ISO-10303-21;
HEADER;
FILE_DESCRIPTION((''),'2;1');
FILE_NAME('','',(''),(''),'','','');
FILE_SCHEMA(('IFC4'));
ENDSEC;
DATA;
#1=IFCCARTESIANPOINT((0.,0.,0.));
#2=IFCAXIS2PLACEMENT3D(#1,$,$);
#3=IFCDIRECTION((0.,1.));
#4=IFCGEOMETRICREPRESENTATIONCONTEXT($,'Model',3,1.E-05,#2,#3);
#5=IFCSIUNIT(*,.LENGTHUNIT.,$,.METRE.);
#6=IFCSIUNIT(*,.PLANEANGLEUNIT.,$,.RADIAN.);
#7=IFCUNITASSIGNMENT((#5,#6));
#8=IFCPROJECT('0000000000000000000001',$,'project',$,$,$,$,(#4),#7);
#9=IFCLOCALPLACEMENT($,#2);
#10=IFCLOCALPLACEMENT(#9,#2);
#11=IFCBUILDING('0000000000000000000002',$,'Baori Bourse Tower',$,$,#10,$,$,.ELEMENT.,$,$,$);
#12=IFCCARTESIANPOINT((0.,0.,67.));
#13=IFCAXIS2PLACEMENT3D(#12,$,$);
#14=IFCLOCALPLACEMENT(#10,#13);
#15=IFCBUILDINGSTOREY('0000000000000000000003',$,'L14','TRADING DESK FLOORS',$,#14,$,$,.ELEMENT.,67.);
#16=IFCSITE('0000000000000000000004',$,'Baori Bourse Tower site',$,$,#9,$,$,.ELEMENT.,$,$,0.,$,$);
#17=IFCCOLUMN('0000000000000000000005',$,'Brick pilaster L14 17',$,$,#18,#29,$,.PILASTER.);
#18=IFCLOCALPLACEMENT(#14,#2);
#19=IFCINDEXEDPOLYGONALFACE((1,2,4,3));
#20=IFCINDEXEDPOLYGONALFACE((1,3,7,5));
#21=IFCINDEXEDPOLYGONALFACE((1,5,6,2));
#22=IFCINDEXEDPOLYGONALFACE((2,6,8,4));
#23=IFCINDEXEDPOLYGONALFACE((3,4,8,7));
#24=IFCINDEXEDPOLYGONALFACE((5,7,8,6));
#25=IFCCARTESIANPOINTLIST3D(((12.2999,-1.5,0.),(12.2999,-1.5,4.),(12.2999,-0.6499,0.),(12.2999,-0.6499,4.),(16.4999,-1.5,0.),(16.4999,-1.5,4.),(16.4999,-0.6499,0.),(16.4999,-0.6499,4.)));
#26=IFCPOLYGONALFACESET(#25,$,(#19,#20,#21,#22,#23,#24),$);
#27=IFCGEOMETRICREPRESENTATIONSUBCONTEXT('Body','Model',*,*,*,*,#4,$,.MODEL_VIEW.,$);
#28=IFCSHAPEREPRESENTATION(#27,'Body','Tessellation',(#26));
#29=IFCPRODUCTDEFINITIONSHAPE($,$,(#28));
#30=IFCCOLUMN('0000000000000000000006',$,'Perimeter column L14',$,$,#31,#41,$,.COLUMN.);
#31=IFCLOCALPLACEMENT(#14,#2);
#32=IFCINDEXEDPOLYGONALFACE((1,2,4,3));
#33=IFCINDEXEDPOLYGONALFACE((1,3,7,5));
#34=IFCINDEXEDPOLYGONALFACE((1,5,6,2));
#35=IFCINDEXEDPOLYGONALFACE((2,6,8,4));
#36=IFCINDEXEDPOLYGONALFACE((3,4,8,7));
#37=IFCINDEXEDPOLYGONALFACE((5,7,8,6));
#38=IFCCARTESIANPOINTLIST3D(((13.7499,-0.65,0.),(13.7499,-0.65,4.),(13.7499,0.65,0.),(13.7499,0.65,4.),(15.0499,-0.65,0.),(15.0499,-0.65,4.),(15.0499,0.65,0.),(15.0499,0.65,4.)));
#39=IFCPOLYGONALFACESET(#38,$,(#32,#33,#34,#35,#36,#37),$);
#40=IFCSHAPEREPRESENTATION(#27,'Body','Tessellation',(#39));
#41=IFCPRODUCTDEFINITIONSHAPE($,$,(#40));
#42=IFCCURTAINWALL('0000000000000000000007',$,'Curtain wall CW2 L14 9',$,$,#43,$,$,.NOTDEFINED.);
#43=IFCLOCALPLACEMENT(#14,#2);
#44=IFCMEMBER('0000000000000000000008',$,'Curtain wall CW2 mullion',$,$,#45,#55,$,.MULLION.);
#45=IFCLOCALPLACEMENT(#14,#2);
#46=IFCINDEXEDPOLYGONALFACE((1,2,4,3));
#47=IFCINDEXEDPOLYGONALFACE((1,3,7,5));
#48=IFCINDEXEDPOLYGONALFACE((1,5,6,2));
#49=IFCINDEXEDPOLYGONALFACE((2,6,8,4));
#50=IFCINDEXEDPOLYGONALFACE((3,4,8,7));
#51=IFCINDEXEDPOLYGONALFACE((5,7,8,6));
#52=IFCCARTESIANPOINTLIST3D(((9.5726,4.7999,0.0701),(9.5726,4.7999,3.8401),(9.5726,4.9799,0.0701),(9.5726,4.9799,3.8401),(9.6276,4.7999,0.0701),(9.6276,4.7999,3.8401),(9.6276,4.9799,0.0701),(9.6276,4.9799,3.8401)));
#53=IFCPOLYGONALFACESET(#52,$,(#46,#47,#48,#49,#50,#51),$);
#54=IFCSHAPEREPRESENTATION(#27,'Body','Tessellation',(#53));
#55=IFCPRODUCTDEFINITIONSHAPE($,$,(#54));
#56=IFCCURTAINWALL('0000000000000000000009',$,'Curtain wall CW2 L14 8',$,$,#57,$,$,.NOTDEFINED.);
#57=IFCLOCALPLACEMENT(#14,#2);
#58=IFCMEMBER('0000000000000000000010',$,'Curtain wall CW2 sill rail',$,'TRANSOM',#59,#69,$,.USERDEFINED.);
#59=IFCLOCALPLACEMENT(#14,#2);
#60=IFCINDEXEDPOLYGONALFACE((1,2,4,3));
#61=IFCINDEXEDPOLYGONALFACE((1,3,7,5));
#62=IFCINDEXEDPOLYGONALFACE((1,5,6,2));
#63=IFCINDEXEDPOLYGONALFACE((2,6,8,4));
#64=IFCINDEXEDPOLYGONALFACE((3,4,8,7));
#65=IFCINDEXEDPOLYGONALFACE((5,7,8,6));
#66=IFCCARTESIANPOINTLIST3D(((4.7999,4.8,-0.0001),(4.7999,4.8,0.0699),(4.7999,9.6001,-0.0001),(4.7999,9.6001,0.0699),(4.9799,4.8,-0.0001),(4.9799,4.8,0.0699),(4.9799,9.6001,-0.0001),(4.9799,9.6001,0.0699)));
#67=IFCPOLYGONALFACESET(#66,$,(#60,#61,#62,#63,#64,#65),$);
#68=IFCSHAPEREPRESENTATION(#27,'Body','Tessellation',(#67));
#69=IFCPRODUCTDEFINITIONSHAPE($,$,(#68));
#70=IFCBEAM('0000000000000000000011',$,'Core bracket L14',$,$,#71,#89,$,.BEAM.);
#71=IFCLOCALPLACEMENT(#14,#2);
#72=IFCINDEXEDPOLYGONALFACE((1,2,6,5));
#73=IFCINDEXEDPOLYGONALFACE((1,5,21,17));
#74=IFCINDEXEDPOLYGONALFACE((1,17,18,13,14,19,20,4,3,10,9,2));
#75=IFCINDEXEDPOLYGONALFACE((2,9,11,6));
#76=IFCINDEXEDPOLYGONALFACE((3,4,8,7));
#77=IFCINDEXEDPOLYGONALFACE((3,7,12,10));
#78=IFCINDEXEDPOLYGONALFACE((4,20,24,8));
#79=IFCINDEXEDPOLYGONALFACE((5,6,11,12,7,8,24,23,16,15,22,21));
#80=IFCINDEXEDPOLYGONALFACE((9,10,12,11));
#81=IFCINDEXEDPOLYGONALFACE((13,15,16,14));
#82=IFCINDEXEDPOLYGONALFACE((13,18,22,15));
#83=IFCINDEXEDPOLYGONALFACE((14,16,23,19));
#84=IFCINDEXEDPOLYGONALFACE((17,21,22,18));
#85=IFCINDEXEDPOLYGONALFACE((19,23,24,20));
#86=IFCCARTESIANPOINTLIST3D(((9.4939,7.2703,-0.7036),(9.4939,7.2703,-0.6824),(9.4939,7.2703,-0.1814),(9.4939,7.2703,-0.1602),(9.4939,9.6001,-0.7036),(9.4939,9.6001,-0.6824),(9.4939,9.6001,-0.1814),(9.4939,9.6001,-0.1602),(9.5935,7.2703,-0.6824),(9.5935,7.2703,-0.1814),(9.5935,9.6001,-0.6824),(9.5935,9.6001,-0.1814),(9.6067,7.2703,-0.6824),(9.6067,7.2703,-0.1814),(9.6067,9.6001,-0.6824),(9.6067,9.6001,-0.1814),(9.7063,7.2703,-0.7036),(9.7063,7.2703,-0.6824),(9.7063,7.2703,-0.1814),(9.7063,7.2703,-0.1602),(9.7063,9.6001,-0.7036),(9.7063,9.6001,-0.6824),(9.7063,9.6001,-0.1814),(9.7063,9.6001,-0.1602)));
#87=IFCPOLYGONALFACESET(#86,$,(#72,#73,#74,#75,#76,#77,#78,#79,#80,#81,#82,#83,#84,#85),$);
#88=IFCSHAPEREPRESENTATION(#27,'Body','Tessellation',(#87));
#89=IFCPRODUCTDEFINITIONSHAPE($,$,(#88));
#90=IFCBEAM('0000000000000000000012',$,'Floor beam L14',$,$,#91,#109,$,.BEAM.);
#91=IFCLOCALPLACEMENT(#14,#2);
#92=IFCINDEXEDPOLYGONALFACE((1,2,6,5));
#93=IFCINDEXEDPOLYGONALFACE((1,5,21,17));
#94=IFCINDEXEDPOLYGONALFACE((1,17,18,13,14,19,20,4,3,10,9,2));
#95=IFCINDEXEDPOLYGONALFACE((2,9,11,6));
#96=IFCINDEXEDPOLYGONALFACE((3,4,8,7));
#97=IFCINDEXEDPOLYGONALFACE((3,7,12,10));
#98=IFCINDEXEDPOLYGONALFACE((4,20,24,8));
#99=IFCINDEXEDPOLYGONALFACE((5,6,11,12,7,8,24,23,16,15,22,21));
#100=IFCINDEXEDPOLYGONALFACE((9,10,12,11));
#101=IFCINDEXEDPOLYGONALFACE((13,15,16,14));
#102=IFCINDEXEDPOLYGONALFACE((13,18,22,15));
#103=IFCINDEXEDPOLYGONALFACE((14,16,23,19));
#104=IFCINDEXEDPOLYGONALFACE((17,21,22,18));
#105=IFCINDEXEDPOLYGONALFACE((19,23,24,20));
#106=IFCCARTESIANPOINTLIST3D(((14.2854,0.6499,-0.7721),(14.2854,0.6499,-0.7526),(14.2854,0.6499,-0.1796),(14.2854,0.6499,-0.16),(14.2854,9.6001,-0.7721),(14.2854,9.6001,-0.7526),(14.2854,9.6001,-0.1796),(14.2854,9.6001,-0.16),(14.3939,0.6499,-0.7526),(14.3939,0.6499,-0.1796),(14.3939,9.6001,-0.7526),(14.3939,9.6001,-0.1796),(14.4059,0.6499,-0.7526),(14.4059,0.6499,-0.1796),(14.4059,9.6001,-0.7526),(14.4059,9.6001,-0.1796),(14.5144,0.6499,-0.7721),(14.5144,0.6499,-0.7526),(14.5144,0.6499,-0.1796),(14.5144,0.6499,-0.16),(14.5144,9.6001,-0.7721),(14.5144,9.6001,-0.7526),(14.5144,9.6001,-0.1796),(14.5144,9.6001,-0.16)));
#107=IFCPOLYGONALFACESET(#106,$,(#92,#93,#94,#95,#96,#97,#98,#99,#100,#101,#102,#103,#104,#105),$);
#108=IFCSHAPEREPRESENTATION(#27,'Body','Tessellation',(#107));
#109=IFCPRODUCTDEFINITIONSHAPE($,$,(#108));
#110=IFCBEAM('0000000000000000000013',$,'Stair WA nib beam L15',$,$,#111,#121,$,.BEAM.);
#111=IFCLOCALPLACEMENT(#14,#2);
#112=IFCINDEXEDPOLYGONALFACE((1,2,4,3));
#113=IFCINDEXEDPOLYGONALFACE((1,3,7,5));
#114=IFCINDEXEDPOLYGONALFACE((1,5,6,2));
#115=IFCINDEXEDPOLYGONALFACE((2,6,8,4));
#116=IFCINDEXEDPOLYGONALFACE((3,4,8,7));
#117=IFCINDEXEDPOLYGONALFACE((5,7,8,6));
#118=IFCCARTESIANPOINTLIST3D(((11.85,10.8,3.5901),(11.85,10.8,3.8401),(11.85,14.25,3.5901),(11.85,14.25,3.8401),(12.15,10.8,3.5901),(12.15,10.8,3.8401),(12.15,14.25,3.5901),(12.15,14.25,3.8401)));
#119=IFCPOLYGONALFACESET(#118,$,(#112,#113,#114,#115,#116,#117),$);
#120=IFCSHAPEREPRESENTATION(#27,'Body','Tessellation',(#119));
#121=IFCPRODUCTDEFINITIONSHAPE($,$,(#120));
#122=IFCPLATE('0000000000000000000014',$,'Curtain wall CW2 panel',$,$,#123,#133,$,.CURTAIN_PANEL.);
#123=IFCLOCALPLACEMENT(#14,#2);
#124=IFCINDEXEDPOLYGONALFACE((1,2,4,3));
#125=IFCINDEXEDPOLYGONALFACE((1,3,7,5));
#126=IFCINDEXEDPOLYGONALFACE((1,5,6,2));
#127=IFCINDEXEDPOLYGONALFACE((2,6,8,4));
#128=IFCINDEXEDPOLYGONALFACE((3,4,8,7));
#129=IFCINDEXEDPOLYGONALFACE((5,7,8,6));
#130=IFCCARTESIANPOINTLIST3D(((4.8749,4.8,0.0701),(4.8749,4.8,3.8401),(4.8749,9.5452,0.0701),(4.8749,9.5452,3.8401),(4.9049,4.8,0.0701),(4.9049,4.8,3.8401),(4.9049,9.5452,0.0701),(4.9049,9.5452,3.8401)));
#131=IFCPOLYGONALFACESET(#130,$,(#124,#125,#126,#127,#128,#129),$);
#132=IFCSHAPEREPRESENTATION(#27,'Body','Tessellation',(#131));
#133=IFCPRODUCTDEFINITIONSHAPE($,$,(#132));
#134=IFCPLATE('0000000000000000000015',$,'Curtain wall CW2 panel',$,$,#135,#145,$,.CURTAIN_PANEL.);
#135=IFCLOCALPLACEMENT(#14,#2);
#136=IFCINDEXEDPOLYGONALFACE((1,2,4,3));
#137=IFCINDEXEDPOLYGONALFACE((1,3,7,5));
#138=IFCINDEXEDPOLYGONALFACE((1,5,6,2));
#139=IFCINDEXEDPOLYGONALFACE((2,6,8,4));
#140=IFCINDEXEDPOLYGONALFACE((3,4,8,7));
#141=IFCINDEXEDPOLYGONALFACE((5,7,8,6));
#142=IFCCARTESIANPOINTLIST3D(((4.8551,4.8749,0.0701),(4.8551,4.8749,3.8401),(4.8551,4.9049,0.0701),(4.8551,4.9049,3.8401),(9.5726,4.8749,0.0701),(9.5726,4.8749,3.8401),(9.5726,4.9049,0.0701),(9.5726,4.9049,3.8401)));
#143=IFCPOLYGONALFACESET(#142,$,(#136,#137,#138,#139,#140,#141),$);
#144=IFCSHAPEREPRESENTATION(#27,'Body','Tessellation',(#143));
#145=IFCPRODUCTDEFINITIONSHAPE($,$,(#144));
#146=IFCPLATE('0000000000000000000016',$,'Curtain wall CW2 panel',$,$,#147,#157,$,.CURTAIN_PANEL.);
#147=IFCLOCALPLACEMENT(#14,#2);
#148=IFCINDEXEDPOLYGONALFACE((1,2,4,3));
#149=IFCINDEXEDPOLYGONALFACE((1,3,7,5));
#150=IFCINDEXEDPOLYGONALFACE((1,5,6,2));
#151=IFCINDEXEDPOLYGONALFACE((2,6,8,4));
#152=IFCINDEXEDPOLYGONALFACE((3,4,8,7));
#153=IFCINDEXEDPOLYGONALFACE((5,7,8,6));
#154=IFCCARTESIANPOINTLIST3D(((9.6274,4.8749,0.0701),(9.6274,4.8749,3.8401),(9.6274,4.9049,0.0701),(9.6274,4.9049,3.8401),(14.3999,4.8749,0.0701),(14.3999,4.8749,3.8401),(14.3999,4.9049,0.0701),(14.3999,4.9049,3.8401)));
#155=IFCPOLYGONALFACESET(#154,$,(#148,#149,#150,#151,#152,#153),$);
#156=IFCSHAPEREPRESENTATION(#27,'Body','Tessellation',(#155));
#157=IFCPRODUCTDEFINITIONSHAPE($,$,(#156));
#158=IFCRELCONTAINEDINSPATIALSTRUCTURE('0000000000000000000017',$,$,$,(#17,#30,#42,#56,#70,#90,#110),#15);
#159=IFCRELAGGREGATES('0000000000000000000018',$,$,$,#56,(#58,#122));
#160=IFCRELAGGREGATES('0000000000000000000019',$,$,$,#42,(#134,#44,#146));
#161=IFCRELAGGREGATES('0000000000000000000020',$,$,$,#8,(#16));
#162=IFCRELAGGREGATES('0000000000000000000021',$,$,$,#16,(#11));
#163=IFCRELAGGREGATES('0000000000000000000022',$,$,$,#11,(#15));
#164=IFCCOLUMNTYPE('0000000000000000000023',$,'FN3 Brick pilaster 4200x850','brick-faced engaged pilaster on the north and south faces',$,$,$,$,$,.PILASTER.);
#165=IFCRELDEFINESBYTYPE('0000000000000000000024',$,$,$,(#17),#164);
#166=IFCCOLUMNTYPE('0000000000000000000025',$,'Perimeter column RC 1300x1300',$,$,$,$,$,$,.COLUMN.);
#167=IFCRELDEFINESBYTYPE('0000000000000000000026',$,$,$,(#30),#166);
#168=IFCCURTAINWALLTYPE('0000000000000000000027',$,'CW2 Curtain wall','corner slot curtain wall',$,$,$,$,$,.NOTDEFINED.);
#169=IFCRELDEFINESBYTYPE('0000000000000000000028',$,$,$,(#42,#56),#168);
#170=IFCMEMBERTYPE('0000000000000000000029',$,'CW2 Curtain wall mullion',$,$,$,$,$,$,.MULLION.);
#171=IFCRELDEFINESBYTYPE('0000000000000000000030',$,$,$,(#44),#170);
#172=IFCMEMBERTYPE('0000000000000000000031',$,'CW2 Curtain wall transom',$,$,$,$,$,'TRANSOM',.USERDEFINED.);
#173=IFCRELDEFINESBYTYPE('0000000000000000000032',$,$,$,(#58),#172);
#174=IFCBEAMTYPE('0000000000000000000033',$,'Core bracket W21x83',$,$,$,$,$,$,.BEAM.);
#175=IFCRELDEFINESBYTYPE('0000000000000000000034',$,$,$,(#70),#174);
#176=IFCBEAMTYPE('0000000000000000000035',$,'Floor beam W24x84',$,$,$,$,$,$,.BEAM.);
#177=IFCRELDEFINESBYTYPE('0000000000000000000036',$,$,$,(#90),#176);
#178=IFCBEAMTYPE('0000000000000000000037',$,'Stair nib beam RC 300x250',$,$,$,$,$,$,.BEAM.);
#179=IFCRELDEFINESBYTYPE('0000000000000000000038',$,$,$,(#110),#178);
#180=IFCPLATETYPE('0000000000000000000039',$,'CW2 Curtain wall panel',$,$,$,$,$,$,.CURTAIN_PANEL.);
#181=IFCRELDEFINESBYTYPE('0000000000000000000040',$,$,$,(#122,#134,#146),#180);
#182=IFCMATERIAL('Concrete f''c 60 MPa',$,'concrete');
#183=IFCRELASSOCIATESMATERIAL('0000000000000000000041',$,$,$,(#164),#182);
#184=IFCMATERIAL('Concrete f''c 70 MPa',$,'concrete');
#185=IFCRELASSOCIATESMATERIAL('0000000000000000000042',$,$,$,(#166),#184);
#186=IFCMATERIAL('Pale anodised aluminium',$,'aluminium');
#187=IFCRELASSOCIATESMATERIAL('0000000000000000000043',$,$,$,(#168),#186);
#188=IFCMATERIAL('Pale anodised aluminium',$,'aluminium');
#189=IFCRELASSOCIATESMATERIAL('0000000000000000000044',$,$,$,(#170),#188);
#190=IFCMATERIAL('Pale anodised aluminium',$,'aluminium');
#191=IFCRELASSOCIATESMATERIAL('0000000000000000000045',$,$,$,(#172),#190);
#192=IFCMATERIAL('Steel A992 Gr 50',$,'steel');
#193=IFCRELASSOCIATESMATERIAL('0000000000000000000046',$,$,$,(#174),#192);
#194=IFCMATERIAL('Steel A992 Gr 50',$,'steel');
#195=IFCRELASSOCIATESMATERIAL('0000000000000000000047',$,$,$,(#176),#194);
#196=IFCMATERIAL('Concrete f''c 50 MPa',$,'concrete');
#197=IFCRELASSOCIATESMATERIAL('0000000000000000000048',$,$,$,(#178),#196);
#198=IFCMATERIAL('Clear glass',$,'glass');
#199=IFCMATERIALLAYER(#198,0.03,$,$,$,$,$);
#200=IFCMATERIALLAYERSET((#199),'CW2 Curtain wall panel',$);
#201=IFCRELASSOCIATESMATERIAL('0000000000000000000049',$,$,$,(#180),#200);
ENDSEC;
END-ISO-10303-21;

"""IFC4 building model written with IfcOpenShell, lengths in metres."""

from ifc_helpers import new_model, si_unit, direction, frame, origin, origin_2d, place, context, subcontext, project, spatial, rectangle, i_section, extrude, material, layer, layer_set, material_profile, profile_set, type_object, element, aggregate, save


model = new_model("IFC4")

# Units and contexts
model_context = context("Model", 3, precision=1e-05, world=origin(), true_north=direction((0.0, 1.0)))
body_context = subcontext(model_context, "Body", "Model", "MODEL_VIEW")
ifc_project = project(units=[si_unit("LENGTHUNIT", "METRE"), si_unit("PLANEANGLEUNIT", "RADIAN")], contexts=[model_context])

# Site, building, storey
site_placement = place(None, origin())
site = spatial("IfcSite", under=ifc_project, at=site_placement, Name="Baori Bourse Tower site", CompositionType="ELEMENT", RefElevation=0.0)
building_placement = place(site_placement, origin())
building = spatial("IfcBuilding", under=site, at=building_placement, Name="Baori Bourse Tower", CompositionType="ELEMENT")
storey_placement = place(building_placement, frame((0.0, 0.0, 67.0)))
storey = spatial("IfcBuildingStorey", under=building, at=storey_placement, Name="L14", Description="TRADING DESK FLOORS", CompositionType="ELEMENT", Elevation=67.0)

# Columns
ifc_material_1 = material(Name="Concrete f'c 60 MPa", Category="concrete")
ifc_material_profile_1 = material_profile(ifc_material_1, rectangle(XDim=4.2, YDim=0.8501, at=origin_2d()), Name="RC 4200x850")
ifc_profile_set_1 = profile_set([ifc_material_profile_1], Name="Concrete f'c 60 MPa")
column_type_1 = type_object("IfcColumnType", Name="FN3 Brick pilaster 4200x850", Description="brick-faced engaged pilaster on the north and south faces", PredefinedType="PILASTER", material=ifc_profile_set_1)
column_1_placement = place(storey_placement, frame((14.3999, -1.075, 0.0), z_axis=(0.0, 0.0, 1.0), x_axis=(1.0, 0.0, 0.0)))
element("IfcColumn", 1, at=column_1_placement, inside=storey, type_object=column_type_1, Name="Brick pilaster L14 17", PredefinedType="PILASTER", context=body_context, shape_type="SweptSolid", body=[
    extrude(rectangle(XDim=4.2, YDim=0.8501, at=origin_2d()), origin(), (0.0, 0.0, 1.0), 4.0),
])
ifc_material_2 = material(Name="Concrete f'c 70 MPa", Category="concrete")
ifc_material_profile_2 = material_profile(ifc_material_2, rectangle(XDim=1.3, YDim=1.3, at=origin_2d()), Name="RC 1300x1300")
ifc_profile_set_2 = profile_set([ifc_material_profile_2], Name="Concrete f'c 70 MPa")
column_type_2 = type_object("IfcColumnType", Name="Perimeter column RC 1300x1300", PredefinedType="COLUMN", material=ifc_profile_set_2)
column_2_placement = place(storey_placement, frame((14.3999, 0.0, 0.0), z_axis=(0.0, 0.0, 1.0), x_axis=(1.0, 0.0, 0.0)))
element("IfcColumn", 2, at=column_2_placement, inside=storey, type_object=column_type_2, Name="Perimeter column L14", PredefinedType="COLUMN", context=body_context, shape_type="SweptSolid", body=[
    extrude(rectangle(XDim=1.3, YDim=1.3, at=origin_2d()), origin(), (0.0, 0.0, 1.0), 4.0),
])

# Curtain walls, members
ifc_material_3 = material(Name="Pale anodised aluminium", Category="aluminium")
curtain_wall_type = type_object("IfcCurtainWallType", Name="CW2 Curtain wall", Description="corner slot curtain wall", PredefinedType="NOTDEFINED", material=ifc_material_3)
curtain_wall_1_placement = place(storey_placement, origin())
curtain_wall_1 = element("IfcCurtainWall", 3, at=curtain_wall_1_placement, inside=storey, type_object=curtain_wall_type, Name="Curtain wall CW2 L14 9", PredefinedType="NOTDEFINED")
ifc_material_4 = material(Name="Pale anodised aluminium", Category="aluminium")
ifc_material_profile_3 = material_profile(ifc_material_4, rectangle(XDim=0.1799, YDim=0.0549, at=origin_2d()), Name="Mullion 55x180")
ifc_profile_set_3 = profile_set([ifc_material_profile_3], Name="Pale anodised aluminium")
member_type_1 = type_object("IfcMemberType", Name="CW2 Curtain wall mullion", PredefinedType="MULLION", material=ifc_profile_set_3)
member_1_placement = place(storey_placement, frame((9.6001, 4.8899, 0.0701), z_axis=(0.0, 0.0, 1.0), x_axis=(0.0, 1.0, 0.0)))
member_1 = element("IfcMember", 4, at=member_1_placement, type_object=member_type_1, Name="Curtain wall CW2 mullion", PredefinedType="MULLION", context=body_context, shape_type="SweptSolid", body=[
    extrude(rectangle(XDim=0.1799, YDim=0.0549, at=origin_2d()), origin(), (0.0, 0.0, 1.0), 3.77),
])
curtain_wall_2_placement = place(storey_placement, origin())
curtain_wall_2 = element("IfcCurtainWall", 5, at=curtain_wall_2_placement, inside=storey, type_object=curtain_wall_type, Name="Curtain wall CW2 L14 8", PredefinedType="NOTDEFINED")
ifc_material_5 = material(Name="Pale anodised aluminium", Category="aluminium")
ifc_material_profile_4 = material_profile(ifc_material_5, rectangle(XDim=0.1799, YDim=0.0701, at=origin_2d()), Name="Transom 70x180")
ifc_profile_set_4 = profile_set([ifc_material_profile_4], Name="Pale anodised aluminium")
member_type_2 = type_object("IfcMemberType", Name="CW2 Curtain wall transom", ElementType="TRANSOM", PredefinedType="USERDEFINED", material=ifc_profile_set_4)
member_2_placement = place(storey_placement, frame((4.8899, 9.6001, 0.0349), z_axis=(0.0, -1.0, 0.0), x_axis=(1.0, 0.0, 0.0)))
member_2 = element("IfcMember", 6, at=member_2_placement, type_object=member_type_2, Name="Curtain wall CW2 sill rail", ObjectType="TRANSOM", PredefinedType="USERDEFINED", context=body_context, shape_type="SweptSolid", body=[
    extrude(rectangle(XDim=0.1799, YDim=0.0701, at=origin_2d()), origin(), (0.0, 0.0, 1.0), 4.8),
])

# Beams
ifc_material_6 = material(Name="Steel A992 Gr 50", Category="steel")
ifc_material_profile_5 = material_profile(ifc_material_6, i_section(OverallWidth=0.2124, OverallDepth=0.5435, WebThickness=0.0132, FlangeThickness=0.0212, at=origin_2d()), Name="W21x83")
ifc_profile_set_5 = profile_set([ifc_material_profile_5], Name="Steel A992 Gr 50")
beam_type_1 = type_object("IfcBeamType", Name="Core bracket W21x83", PredefinedType="BEAM", material=ifc_profile_set_5)
beam_1_placement = place(storey_placement, frame((9.6001, 7.2703, -0.4319), z_axis=(0.0, 1.0, 0.0), x_axis=(-1.0, 0.0, 0.0)))
element("IfcBeam", 7, at=beam_1_placement, inside=storey, type_object=beam_type_1, Name="Core bracket L14", PredefinedType="BEAM", context=body_context, shape_type="SweptSolid", body=[
    extrude(i_section(OverallWidth=0.2124, OverallDepth=0.5435, WebThickness=0.0132, FlangeThickness=0.0212, at=origin_2d()), origin(), (0.0, 0.0, 1.0), 2.3298),
])
ifc_material_7 = material(Name="Steel A992 Gr 50", Category="steel")
ifc_material_profile_6 = material_profile(ifc_material_7, i_section(OverallWidth=0.229, OverallDepth=0.6121, WebThickness=0.012, FlangeThickness=0.0195, at=origin_2d()), Name="W24x84")
ifc_profile_set_6 = profile_set([ifc_material_profile_6], Name="Steel A992 Gr 50")
beam_type_2 = type_object("IfcBeamType", Name="Floor beam W24x84", PredefinedType="BEAM", material=ifc_profile_set_6)
beam_2_placement = place(storey_placement, frame((14.3999, 0.6499, -0.4661), z_axis=(0.0, 1.0, 0.0), x_axis=(-1.0, 0.0, 0.0)))
element("IfcBeam", 8, at=beam_2_placement, inside=storey, type_object=beam_type_2, Name="Floor beam L14", PredefinedType="BEAM", context=body_context, shape_type="SweptSolid", body=[
    extrude(i_section(OverallWidth=0.229, OverallDepth=0.6121, WebThickness=0.012, FlangeThickness=0.0195, at=origin_2d()), origin(), (0.0, 0.0, 1.0), 8.9502),
])
ifc_material_8 = material(Name="Concrete f'c 50 MPa", Category="concrete")
ifc_material_profile_7 = material_profile(ifc_material_8, rectangle(XDim=0.3, YDim=0.25, at=origin_2d()), Name="RC 300x250")
ifc_profile_set_7 = profile_set([ifc_material_profile_7], Name="Concrete f'c 50 MPa")
beam_type_3 = type_object("IfcBeamType", Name="Stair nib beam RC 300x250", PredefinedType="BEAM", material=ifc_profile_set_7)
beam_3_placement = place(storey_placement, frame((12.0, 10.8, 3.7151), z_axis=(0.0, 1.0, 0.0), x_axis=(-1.0, 0.0, 0.0)))
element("IfcBeam", 9, at=beam_3_placement, inside=storey, type_object=beam_type_3, Name="Stair WA nib beam L15", PredefinedType="BEAM", context=body_context, shape_type="SweptSolid", body=[
    extrude(rectangle(XDim=0.3, YDim=0.25, at=origin_2d()), origin(), (0.0, 0.0, 1.0), 3.45),
])

# Plates
ifc_material_9 = material(Name="Clear glass", Category="glass")
ifc_layer_1 = layer(ifc_material_9, 0.03)
ifc_layer_set_1 = layer_set([ifc_layer_1], Name="CW2 Curtain wall panel")
plate_type = type_object("IfcPlateType", Name="CW2 Curtain wall panel", PredefinedType="CURTAIN_PANEL", material=ifc_layer_set_1)
plate_1_placement = place(storey_placement, frame((4.8899, 7.1726, 0.0701), z_axis=(0.0, 0.0, 1.0), x_axis=(0.0, -1.0, 0.0)))
plate_1 = element("IfcPlate", 10, at=plate_1_placement, type_object=plate_type, Name="Curtain wall CW2 panel", PredefinedType="CURTAIN_PANEL", context=body_context, shape_type="SweptSolid", body=[
    extrude(rectangle(XDim=4.7451, YDim=0.03, at=origin_2d()), origin(), (0.0, 0.0, 1.0), 3.77),
])
aggregate(curtain_wall_2, [member_2, plate_1])
plate_2_placement = place(storey_placement, frame((7.2139, 4.8899, 0.0701), z_axis=(0.0, 0.0, 1.0), x_axis=(1.0, 0.0, 0.0)))
plate_2 = element("IfcPlate", 11, at=plate_2_placement, type_object=plate_type, Name="Curtain wall CW2 panel", PredefinedType="CURTAIN_PANEL", context=body_context, shape_type="SweptSolid", body=[
    extrude(rectangle(XDim=4.7175, YDim=0.03, at=origin_2d()), origin(), (0.0, 0.0, 1.0), 3.77),
])
plate_3_placement = place(storey_placement, frame((12.0137, 4.8899, 0.0701), z_axis=(0.0, 0.0, 1.0), x_axis=(1.0, 0.0, 0.0)))
plate_3 = element("IfcPlate", 12, at=plate_3_placement, type_object=plate_type, Name="Curtain wall CW2 panel", PredefinedType="CURTAIN_PANEL", context=body_context, shape_type="SweptSolid", body=[
    extrude(rectangle(XDim=4.7725, YDim=0.03, at=origin_2d()), origin(), (0.0, 0.0, 1.0), 3.77),
])
aggregate(curtain_wall_1, [plate_2, member_1, plate_3])

save(model, "model.ifc")
